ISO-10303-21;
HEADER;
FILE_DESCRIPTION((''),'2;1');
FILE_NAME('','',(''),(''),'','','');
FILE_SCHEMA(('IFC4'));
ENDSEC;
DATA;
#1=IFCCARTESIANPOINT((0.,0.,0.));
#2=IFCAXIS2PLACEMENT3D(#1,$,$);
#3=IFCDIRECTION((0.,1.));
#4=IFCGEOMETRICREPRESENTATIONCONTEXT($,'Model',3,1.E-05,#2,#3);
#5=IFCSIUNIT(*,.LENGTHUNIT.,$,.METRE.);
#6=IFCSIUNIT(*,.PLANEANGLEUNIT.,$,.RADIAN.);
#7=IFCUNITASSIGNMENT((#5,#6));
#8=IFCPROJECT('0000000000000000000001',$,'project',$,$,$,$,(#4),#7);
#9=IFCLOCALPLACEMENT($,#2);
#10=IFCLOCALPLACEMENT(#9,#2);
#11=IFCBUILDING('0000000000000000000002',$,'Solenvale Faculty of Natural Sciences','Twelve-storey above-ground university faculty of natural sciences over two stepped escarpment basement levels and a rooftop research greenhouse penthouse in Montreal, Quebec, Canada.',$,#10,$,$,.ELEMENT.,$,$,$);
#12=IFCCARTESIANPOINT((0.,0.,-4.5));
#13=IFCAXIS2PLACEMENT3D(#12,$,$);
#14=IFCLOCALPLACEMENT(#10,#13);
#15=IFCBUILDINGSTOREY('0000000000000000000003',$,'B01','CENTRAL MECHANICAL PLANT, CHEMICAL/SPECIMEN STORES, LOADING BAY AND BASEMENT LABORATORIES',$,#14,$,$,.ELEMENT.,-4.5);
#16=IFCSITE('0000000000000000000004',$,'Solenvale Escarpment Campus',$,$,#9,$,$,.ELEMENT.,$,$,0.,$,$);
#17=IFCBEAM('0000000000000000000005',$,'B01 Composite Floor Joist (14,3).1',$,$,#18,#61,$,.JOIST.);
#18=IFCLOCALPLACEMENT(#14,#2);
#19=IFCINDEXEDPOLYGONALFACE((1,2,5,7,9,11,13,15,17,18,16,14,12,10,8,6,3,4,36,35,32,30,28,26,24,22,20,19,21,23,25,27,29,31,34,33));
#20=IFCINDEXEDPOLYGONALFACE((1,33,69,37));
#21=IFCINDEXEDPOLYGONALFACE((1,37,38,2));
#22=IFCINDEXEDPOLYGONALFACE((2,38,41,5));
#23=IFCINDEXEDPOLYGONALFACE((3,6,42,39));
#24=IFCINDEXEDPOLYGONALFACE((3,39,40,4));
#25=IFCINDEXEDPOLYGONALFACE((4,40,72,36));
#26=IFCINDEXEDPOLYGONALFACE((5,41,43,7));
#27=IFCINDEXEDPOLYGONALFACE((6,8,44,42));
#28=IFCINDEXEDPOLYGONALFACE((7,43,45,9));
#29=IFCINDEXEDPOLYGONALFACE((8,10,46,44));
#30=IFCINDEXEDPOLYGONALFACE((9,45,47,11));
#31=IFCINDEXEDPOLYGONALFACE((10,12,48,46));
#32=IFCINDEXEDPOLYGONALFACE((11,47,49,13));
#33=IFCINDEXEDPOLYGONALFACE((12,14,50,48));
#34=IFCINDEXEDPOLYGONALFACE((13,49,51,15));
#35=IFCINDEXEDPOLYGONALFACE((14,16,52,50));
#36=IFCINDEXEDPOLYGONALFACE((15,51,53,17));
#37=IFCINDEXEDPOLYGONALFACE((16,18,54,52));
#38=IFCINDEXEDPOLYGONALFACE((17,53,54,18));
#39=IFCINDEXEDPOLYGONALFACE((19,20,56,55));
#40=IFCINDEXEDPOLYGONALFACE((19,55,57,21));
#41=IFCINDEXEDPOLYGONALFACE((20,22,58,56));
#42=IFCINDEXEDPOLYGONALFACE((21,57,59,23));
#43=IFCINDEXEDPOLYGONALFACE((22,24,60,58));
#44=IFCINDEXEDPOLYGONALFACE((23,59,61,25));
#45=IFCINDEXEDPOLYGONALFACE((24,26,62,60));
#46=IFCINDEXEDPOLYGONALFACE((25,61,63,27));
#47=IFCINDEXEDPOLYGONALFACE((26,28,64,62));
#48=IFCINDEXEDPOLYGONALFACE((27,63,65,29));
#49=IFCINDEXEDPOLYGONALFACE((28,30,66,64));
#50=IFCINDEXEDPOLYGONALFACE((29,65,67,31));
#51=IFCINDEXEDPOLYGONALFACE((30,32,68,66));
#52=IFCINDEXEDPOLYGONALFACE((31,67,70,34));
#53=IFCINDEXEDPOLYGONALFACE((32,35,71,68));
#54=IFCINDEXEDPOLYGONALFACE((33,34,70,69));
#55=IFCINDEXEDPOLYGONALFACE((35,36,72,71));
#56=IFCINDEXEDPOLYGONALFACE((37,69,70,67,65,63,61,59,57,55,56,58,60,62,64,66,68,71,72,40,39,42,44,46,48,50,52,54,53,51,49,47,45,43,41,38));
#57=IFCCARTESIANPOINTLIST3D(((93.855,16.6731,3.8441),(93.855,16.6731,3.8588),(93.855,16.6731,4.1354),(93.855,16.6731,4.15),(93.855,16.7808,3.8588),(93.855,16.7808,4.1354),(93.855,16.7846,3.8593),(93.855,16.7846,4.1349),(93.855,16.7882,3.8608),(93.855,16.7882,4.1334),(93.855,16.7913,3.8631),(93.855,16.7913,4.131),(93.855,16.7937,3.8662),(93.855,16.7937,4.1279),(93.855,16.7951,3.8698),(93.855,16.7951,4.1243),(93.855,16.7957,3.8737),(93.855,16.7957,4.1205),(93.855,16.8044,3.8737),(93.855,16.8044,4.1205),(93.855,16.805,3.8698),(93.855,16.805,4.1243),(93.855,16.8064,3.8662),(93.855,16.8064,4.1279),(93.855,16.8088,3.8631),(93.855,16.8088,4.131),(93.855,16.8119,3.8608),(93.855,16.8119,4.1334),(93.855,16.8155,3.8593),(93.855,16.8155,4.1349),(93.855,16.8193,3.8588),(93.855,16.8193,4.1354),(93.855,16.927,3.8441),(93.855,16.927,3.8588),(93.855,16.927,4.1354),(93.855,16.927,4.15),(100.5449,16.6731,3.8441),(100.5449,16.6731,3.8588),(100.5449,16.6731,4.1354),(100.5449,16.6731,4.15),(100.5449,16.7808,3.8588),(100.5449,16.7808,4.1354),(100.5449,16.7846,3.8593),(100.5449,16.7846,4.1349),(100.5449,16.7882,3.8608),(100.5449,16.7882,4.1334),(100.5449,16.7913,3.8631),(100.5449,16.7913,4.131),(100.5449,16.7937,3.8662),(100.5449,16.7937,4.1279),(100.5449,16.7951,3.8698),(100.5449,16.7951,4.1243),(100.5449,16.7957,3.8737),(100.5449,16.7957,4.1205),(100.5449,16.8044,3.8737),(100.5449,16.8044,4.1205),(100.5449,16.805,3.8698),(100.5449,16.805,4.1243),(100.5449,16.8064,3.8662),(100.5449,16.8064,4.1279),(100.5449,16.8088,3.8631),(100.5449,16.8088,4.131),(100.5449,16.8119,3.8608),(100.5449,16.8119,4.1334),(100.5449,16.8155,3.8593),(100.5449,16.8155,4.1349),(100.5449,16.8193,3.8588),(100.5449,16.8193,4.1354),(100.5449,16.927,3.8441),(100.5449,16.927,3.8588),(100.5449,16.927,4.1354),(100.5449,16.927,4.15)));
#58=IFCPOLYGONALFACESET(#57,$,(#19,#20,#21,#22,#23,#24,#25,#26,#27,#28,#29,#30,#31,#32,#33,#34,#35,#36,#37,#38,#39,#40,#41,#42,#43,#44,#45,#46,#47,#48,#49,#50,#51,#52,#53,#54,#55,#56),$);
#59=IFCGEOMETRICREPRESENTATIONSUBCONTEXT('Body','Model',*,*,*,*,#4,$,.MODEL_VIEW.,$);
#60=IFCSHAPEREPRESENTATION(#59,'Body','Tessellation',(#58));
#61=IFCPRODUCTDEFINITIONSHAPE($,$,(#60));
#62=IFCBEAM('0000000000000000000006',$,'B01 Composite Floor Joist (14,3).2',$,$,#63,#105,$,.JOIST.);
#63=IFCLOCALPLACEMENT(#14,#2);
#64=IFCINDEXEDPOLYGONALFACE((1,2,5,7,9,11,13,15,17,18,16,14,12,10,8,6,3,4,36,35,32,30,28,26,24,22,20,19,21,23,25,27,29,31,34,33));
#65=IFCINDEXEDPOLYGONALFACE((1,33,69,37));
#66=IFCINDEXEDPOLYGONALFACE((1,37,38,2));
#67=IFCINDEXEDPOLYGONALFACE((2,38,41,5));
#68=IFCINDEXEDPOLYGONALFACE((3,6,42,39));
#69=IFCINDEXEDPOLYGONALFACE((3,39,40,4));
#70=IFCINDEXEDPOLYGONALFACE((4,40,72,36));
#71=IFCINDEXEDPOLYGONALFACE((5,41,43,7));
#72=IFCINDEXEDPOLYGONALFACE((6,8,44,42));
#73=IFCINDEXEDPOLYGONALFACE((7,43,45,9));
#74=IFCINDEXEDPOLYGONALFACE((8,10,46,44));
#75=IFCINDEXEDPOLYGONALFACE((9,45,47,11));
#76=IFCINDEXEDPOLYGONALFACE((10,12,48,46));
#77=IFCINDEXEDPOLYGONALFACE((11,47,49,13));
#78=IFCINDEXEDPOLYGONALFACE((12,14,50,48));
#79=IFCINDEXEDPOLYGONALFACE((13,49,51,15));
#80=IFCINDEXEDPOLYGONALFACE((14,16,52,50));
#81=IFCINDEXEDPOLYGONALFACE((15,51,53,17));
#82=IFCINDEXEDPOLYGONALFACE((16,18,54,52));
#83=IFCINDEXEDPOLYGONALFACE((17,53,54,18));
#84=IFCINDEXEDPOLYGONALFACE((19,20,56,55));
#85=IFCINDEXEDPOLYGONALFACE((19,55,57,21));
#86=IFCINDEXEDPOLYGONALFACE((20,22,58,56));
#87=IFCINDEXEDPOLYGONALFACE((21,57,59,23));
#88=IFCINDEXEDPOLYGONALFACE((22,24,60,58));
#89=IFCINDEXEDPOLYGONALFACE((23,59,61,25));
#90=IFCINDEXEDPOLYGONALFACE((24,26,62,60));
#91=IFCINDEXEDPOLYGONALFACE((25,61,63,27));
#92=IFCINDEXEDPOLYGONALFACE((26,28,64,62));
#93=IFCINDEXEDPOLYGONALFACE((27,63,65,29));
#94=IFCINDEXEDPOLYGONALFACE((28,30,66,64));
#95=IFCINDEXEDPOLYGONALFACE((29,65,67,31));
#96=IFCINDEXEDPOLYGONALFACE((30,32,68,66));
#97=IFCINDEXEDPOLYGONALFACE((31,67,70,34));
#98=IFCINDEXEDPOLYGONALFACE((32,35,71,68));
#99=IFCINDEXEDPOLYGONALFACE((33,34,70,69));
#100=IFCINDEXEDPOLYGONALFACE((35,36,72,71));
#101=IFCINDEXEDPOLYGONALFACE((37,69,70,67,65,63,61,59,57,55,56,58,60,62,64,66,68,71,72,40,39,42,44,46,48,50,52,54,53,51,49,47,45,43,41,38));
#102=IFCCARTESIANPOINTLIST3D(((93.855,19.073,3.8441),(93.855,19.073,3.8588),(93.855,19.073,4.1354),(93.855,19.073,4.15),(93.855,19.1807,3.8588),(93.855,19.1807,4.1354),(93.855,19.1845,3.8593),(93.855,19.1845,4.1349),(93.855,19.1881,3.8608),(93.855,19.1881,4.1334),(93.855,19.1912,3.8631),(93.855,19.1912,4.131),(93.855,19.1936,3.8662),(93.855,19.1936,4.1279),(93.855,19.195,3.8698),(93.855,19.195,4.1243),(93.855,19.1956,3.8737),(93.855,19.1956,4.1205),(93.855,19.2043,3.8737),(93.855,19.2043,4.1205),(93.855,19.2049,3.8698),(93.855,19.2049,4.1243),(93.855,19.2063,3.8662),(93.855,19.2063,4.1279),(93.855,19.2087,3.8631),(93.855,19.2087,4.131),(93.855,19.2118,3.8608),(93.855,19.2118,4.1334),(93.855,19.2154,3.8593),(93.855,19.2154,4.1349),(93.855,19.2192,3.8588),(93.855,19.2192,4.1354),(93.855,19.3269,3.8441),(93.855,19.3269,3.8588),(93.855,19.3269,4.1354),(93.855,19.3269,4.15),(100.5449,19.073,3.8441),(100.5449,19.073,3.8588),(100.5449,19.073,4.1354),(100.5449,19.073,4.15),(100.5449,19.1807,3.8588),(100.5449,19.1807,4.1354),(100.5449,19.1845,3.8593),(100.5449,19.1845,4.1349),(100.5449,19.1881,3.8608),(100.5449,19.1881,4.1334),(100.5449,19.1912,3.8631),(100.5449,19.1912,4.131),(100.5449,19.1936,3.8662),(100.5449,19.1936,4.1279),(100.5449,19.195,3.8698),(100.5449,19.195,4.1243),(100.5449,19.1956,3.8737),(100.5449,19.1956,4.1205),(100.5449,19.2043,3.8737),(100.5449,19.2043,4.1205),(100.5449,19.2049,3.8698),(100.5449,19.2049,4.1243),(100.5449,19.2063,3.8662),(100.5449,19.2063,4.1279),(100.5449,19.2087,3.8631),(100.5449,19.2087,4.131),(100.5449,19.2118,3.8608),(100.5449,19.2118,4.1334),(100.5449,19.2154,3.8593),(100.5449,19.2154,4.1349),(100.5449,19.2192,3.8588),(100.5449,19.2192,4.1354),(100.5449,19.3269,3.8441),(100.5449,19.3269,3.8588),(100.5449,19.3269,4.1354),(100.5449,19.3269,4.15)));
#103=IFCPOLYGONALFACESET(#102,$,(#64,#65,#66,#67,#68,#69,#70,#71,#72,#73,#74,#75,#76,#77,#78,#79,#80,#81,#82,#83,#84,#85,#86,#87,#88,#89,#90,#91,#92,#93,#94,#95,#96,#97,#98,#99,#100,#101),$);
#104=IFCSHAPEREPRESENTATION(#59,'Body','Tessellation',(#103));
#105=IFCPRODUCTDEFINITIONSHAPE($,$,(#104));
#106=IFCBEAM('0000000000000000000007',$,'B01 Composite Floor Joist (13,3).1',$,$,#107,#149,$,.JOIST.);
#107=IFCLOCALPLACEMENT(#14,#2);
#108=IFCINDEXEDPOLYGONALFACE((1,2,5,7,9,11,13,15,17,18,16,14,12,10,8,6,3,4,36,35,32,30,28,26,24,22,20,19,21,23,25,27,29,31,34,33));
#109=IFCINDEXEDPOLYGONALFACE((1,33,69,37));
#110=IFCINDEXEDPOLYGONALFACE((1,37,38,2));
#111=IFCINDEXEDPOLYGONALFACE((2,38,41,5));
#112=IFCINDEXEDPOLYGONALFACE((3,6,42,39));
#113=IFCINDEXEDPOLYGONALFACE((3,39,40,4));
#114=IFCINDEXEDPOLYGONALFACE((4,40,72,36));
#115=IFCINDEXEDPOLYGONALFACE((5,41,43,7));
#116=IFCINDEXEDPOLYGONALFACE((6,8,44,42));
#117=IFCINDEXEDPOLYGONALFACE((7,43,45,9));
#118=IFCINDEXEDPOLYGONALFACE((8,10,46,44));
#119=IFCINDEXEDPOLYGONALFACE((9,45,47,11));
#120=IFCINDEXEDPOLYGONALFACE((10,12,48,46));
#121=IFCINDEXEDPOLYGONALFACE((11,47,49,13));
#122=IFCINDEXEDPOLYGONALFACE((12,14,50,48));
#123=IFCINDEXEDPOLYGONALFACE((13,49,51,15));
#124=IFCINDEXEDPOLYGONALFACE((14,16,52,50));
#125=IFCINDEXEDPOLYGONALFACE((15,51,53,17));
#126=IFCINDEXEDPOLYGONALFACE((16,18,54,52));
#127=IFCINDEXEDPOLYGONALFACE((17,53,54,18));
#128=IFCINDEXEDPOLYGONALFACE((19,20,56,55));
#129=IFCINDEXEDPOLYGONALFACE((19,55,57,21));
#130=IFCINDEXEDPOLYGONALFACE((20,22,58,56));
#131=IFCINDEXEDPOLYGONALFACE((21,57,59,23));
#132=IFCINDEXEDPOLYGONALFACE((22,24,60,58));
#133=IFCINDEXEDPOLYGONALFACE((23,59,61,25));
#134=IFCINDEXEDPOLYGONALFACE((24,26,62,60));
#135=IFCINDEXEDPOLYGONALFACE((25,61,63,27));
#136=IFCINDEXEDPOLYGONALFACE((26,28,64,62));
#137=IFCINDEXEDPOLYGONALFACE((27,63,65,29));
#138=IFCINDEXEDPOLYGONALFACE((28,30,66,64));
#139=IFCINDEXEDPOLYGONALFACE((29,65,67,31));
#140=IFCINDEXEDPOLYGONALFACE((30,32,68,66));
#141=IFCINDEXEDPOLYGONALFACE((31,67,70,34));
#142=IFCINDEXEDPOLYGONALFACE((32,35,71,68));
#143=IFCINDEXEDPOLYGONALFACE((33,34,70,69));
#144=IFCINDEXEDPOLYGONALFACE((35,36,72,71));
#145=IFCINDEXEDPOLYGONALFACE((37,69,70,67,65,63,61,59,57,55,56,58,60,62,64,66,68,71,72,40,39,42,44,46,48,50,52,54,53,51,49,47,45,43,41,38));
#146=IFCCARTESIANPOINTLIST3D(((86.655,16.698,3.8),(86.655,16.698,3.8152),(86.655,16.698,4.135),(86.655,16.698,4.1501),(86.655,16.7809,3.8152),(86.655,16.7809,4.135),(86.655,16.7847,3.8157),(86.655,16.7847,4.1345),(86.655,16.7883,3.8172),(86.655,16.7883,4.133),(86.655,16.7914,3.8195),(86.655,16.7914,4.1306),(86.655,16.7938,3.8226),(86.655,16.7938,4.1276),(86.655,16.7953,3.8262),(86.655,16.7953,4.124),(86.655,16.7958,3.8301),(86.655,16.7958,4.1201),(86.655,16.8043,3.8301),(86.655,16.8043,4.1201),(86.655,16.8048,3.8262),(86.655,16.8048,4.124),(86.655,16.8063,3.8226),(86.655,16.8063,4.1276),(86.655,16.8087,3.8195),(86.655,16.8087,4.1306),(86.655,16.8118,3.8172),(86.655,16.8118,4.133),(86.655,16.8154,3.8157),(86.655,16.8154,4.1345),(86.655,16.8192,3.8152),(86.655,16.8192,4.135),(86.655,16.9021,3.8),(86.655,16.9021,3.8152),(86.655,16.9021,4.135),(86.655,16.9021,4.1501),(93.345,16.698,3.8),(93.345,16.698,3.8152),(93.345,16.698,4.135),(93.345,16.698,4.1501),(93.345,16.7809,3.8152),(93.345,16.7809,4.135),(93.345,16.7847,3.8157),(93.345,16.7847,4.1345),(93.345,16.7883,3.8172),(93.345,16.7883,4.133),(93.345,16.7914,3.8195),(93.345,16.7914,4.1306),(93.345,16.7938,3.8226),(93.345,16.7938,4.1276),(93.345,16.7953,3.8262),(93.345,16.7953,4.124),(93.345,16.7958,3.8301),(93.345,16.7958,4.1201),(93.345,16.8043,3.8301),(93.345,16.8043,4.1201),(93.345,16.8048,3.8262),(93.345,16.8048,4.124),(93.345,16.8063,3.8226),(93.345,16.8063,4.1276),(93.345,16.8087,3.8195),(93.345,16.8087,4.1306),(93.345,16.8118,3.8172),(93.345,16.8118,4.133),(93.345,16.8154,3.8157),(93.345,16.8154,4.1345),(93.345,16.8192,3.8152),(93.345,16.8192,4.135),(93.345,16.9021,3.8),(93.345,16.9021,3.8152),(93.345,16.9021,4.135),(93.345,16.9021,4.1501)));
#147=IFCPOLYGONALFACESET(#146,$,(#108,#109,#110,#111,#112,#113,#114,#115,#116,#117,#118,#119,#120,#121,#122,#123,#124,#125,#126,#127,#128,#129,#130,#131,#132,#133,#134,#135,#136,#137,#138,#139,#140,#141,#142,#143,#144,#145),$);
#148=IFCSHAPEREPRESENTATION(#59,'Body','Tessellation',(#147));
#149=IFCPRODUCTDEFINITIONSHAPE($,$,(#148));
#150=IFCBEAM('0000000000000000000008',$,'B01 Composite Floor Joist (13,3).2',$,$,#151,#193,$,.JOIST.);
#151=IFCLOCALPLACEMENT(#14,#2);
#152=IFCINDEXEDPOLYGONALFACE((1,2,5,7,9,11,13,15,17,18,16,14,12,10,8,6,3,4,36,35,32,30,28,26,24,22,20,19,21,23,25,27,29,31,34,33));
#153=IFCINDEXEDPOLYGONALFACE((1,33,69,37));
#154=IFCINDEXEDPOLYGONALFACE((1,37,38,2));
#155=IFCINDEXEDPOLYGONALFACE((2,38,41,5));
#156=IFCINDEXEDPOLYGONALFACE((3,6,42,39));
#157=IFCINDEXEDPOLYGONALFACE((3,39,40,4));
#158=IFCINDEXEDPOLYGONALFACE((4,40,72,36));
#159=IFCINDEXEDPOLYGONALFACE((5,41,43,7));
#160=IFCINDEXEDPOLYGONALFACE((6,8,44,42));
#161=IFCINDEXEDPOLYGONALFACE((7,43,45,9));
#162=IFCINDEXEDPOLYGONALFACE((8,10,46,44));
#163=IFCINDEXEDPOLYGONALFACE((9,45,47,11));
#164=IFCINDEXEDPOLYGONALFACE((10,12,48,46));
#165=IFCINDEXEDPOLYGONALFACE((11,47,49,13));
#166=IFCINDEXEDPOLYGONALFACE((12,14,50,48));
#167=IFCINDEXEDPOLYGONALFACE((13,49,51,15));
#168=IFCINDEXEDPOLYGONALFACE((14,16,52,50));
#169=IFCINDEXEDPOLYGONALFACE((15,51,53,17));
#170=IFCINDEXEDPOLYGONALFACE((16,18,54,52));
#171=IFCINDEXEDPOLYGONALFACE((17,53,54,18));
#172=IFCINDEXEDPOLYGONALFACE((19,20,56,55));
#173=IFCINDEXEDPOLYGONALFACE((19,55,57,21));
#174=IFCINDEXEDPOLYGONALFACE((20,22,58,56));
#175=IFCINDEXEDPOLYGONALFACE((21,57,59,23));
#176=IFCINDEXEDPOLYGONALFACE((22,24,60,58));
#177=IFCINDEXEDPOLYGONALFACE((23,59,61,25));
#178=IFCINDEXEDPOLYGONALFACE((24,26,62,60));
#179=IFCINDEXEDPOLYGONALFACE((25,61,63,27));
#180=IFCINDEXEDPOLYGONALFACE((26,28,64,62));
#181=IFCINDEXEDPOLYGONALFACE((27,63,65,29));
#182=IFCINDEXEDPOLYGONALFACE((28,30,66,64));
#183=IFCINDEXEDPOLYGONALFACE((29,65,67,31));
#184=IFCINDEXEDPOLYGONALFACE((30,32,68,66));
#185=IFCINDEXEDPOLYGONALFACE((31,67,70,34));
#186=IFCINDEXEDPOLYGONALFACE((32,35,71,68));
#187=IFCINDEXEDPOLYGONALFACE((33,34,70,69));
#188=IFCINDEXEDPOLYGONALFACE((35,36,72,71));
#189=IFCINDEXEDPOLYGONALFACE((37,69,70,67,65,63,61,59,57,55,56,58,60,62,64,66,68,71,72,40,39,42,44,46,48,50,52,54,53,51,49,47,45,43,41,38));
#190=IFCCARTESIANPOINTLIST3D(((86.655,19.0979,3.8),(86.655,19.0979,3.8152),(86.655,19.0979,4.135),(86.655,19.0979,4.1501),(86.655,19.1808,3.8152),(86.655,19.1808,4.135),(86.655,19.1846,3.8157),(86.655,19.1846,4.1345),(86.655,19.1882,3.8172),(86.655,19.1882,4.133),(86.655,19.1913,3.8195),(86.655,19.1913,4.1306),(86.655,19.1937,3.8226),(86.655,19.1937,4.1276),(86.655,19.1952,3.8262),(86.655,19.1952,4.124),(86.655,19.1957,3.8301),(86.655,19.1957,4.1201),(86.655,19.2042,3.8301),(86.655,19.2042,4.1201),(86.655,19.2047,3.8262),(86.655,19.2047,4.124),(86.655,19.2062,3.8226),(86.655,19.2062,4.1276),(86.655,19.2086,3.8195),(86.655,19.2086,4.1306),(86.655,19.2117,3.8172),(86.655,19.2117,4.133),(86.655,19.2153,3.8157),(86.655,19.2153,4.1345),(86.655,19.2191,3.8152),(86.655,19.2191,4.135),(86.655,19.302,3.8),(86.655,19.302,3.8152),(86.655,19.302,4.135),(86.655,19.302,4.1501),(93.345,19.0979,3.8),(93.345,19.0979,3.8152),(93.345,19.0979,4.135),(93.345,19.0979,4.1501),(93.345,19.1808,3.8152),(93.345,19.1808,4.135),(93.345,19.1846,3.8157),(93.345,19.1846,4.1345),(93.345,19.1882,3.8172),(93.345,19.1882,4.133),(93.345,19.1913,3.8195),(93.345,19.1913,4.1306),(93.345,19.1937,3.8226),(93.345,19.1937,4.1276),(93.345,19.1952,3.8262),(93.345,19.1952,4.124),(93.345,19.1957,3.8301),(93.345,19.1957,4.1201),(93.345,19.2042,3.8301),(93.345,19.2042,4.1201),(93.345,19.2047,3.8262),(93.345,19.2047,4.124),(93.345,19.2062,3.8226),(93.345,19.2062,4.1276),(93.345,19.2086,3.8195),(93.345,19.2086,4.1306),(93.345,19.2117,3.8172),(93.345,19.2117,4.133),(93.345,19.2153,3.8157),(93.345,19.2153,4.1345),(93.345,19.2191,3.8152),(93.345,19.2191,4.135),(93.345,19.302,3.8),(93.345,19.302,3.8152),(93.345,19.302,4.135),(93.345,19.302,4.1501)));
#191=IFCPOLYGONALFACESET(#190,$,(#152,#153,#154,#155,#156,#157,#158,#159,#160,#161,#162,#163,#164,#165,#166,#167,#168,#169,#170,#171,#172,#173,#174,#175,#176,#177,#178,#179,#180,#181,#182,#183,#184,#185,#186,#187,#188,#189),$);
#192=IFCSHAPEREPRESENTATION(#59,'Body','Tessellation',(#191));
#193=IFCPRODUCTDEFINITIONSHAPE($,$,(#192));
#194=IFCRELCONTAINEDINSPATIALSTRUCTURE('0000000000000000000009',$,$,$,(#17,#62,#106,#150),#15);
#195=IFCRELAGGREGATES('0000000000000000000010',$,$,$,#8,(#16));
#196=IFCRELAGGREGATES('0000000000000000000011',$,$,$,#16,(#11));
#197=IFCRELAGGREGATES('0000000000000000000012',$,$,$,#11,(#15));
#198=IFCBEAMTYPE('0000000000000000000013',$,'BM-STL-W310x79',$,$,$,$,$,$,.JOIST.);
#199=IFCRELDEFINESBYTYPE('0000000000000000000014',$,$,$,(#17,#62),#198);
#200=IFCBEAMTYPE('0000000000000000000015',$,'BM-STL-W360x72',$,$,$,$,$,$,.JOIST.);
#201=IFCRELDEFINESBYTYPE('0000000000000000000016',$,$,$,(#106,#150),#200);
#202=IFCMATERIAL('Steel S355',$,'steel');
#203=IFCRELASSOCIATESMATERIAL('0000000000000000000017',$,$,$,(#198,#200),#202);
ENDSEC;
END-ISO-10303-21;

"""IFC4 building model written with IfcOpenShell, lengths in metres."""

from ifc_helpers import new_model, si_unit, direction, frame, origin, origin_2d, place, context, subcontext, project, spatial, i_section, extrude, material, material_profile, profile_set, type_object, element, save


model = new_model("IFC4")

# Units and contexts
model_context = context("Model", 3, precision=1e-05, world=origin(), true_north=direction((0.0, 1.0)))
body_context = subcontext(model_context, "Body", "Model", "MODEL_VIEW")
ifc_project = project(units=[si_unit("LENGTHUNIT", "METRE"), si_unit("PLANEANGLEUNIT", "RADIAN")], contexts=[model_context])

# Site, building, storey
site_placement = place(None, origin())
site = spatial("IfcSite", under=ifc_project, at=site_placement, Name="Solenvale Escarpment Campus", CompositionType="ELEMENT", RefElevation=0.0)
building_placement = place(site_placement, origin())
building = spatial("IfcBuilding", under=site, at=building_placement, Name="Solenvale Faculty of Natural Sciences", Description="Twelve-storey above-ground university faculty of natural sciences over two stepped escarpment basement levels and a rooftop research greenhouse penthouse in Montreal, Quebec, Canada.", CompositionType="ELEMENT")
storey_placement = place(building_placement, frame((0.0, 0.0, -4.5)))
storey = spatial("IfcBuildingStorey", under=building, at=storey_placement, Name="B01", Description="CENTRAL MECHANICAL PLANT, CHEMICAL/SPECIMEN STORES, LOADING BAY AND BASEMENT LABORATORIES", CompositionType="ELEMENT", Elevation=-4.5)

# Beams
ifc_material_1 = material(Name="Steel S355", Category="steel")
ifc_material_profile_1 = material_profile(ifc_material_1, i_section(OverallWidth=0.2539, OverallDepth=0.3059, WebThickness=0.0088, FlangeThickness=0.0146, FilletRadius=0.0149, at=origin_2d()), Name="W310x79")
ifc_profile_set_1 = profile_set([ifc_material_profile_1], Name="Steel S355")
beam_type_1 = type_object("IfcBeamType", Name="BM-STL-W310x79", PredefinedType="JOIST", material=ifc_profile_set_1)
for number, where, z_axis, x_axis, name in (
    (1, (93.855, 16.8, 3.9971), (1.0, 0.0, 0.0), (0.0, 1.0, 0.0), "B01 Composite Floor Joist (14,3).1"),
    (2, (93.855, 19.2, 3.9971), (1.0, 0.0, 0.0), (0.0, 1.0, 0.0), "B01 Composite Floor Joist (14,3).2"),
):
    element("IfcBeam", number, at=place(storey_placement, frame(where, z_axis=z_axis, x_axis=x_axis)), inside=storey, type_object=beam_type_1, Name=name, PredefinedType="JOIST", context=body_context, shape_type="SweptSolid", body=[
        extrude(i_section(OverallWidth=0.2539, OverallDepth=0.3059, WebThickness=0.0088, FlangeThickness=0.0146, FilletRadius=0.0149, at=origin_2d()), origin(), (0.0, 0.0, 1.0), 6.6899),
    ])
ifc_material_profile_2 = material_profile(ifc_material_1, i_section(OverallWidth=0.2041, OverallDepth=0.3501, WebThickness=0.0085, FlangeThickness=0.0151, FilletRadius=0.0149, at=origin_2d()), Name="W360x72")
ifc_profile_set_2 = profile_set([ifc_material_profile_2], Name="Steel S355")
beam_type_2 = type_object("IfcBeamType", Name="BM-STL-W360x72", PredefinedType="JOIST", material=ifc_profile_set_2)
for number, where, z_axis, x_axis, name in (
    (3, (86.655, 16.8, 3.9751), (1.0, 0.0, 0.0), (0.0, 1.0, 0.0), "B01 Composite Floor Joist (13,3).1"),
    (4, (86.655, 19.2, 3.9751), (1.0, 0.0, 0.0), (0.0, 1.0, 0.0), "B01 Composite Floor Joist (13,3).2"),
):
    element("IfcBeam", number, at=place(storey_placement, frame(where, z_axis=z_axis, x_axis=x_axis)), inside=storey, type_object=beam_type_2, Name=name, PredefinedType="JOIST", context=body_context, shape_type="SweptSolid", body=[
        extrude(i_section(OverallWidth=0.2041, OverallDepth=0.3501, WebThickness=0.0085, FlangeThickness=0.0151, FilletRadius=0.0149, at=origin_2d()), origin(), (0.0, 0.0, 1.0), 6.6899),
    ])

save(model, "model.ifc")
